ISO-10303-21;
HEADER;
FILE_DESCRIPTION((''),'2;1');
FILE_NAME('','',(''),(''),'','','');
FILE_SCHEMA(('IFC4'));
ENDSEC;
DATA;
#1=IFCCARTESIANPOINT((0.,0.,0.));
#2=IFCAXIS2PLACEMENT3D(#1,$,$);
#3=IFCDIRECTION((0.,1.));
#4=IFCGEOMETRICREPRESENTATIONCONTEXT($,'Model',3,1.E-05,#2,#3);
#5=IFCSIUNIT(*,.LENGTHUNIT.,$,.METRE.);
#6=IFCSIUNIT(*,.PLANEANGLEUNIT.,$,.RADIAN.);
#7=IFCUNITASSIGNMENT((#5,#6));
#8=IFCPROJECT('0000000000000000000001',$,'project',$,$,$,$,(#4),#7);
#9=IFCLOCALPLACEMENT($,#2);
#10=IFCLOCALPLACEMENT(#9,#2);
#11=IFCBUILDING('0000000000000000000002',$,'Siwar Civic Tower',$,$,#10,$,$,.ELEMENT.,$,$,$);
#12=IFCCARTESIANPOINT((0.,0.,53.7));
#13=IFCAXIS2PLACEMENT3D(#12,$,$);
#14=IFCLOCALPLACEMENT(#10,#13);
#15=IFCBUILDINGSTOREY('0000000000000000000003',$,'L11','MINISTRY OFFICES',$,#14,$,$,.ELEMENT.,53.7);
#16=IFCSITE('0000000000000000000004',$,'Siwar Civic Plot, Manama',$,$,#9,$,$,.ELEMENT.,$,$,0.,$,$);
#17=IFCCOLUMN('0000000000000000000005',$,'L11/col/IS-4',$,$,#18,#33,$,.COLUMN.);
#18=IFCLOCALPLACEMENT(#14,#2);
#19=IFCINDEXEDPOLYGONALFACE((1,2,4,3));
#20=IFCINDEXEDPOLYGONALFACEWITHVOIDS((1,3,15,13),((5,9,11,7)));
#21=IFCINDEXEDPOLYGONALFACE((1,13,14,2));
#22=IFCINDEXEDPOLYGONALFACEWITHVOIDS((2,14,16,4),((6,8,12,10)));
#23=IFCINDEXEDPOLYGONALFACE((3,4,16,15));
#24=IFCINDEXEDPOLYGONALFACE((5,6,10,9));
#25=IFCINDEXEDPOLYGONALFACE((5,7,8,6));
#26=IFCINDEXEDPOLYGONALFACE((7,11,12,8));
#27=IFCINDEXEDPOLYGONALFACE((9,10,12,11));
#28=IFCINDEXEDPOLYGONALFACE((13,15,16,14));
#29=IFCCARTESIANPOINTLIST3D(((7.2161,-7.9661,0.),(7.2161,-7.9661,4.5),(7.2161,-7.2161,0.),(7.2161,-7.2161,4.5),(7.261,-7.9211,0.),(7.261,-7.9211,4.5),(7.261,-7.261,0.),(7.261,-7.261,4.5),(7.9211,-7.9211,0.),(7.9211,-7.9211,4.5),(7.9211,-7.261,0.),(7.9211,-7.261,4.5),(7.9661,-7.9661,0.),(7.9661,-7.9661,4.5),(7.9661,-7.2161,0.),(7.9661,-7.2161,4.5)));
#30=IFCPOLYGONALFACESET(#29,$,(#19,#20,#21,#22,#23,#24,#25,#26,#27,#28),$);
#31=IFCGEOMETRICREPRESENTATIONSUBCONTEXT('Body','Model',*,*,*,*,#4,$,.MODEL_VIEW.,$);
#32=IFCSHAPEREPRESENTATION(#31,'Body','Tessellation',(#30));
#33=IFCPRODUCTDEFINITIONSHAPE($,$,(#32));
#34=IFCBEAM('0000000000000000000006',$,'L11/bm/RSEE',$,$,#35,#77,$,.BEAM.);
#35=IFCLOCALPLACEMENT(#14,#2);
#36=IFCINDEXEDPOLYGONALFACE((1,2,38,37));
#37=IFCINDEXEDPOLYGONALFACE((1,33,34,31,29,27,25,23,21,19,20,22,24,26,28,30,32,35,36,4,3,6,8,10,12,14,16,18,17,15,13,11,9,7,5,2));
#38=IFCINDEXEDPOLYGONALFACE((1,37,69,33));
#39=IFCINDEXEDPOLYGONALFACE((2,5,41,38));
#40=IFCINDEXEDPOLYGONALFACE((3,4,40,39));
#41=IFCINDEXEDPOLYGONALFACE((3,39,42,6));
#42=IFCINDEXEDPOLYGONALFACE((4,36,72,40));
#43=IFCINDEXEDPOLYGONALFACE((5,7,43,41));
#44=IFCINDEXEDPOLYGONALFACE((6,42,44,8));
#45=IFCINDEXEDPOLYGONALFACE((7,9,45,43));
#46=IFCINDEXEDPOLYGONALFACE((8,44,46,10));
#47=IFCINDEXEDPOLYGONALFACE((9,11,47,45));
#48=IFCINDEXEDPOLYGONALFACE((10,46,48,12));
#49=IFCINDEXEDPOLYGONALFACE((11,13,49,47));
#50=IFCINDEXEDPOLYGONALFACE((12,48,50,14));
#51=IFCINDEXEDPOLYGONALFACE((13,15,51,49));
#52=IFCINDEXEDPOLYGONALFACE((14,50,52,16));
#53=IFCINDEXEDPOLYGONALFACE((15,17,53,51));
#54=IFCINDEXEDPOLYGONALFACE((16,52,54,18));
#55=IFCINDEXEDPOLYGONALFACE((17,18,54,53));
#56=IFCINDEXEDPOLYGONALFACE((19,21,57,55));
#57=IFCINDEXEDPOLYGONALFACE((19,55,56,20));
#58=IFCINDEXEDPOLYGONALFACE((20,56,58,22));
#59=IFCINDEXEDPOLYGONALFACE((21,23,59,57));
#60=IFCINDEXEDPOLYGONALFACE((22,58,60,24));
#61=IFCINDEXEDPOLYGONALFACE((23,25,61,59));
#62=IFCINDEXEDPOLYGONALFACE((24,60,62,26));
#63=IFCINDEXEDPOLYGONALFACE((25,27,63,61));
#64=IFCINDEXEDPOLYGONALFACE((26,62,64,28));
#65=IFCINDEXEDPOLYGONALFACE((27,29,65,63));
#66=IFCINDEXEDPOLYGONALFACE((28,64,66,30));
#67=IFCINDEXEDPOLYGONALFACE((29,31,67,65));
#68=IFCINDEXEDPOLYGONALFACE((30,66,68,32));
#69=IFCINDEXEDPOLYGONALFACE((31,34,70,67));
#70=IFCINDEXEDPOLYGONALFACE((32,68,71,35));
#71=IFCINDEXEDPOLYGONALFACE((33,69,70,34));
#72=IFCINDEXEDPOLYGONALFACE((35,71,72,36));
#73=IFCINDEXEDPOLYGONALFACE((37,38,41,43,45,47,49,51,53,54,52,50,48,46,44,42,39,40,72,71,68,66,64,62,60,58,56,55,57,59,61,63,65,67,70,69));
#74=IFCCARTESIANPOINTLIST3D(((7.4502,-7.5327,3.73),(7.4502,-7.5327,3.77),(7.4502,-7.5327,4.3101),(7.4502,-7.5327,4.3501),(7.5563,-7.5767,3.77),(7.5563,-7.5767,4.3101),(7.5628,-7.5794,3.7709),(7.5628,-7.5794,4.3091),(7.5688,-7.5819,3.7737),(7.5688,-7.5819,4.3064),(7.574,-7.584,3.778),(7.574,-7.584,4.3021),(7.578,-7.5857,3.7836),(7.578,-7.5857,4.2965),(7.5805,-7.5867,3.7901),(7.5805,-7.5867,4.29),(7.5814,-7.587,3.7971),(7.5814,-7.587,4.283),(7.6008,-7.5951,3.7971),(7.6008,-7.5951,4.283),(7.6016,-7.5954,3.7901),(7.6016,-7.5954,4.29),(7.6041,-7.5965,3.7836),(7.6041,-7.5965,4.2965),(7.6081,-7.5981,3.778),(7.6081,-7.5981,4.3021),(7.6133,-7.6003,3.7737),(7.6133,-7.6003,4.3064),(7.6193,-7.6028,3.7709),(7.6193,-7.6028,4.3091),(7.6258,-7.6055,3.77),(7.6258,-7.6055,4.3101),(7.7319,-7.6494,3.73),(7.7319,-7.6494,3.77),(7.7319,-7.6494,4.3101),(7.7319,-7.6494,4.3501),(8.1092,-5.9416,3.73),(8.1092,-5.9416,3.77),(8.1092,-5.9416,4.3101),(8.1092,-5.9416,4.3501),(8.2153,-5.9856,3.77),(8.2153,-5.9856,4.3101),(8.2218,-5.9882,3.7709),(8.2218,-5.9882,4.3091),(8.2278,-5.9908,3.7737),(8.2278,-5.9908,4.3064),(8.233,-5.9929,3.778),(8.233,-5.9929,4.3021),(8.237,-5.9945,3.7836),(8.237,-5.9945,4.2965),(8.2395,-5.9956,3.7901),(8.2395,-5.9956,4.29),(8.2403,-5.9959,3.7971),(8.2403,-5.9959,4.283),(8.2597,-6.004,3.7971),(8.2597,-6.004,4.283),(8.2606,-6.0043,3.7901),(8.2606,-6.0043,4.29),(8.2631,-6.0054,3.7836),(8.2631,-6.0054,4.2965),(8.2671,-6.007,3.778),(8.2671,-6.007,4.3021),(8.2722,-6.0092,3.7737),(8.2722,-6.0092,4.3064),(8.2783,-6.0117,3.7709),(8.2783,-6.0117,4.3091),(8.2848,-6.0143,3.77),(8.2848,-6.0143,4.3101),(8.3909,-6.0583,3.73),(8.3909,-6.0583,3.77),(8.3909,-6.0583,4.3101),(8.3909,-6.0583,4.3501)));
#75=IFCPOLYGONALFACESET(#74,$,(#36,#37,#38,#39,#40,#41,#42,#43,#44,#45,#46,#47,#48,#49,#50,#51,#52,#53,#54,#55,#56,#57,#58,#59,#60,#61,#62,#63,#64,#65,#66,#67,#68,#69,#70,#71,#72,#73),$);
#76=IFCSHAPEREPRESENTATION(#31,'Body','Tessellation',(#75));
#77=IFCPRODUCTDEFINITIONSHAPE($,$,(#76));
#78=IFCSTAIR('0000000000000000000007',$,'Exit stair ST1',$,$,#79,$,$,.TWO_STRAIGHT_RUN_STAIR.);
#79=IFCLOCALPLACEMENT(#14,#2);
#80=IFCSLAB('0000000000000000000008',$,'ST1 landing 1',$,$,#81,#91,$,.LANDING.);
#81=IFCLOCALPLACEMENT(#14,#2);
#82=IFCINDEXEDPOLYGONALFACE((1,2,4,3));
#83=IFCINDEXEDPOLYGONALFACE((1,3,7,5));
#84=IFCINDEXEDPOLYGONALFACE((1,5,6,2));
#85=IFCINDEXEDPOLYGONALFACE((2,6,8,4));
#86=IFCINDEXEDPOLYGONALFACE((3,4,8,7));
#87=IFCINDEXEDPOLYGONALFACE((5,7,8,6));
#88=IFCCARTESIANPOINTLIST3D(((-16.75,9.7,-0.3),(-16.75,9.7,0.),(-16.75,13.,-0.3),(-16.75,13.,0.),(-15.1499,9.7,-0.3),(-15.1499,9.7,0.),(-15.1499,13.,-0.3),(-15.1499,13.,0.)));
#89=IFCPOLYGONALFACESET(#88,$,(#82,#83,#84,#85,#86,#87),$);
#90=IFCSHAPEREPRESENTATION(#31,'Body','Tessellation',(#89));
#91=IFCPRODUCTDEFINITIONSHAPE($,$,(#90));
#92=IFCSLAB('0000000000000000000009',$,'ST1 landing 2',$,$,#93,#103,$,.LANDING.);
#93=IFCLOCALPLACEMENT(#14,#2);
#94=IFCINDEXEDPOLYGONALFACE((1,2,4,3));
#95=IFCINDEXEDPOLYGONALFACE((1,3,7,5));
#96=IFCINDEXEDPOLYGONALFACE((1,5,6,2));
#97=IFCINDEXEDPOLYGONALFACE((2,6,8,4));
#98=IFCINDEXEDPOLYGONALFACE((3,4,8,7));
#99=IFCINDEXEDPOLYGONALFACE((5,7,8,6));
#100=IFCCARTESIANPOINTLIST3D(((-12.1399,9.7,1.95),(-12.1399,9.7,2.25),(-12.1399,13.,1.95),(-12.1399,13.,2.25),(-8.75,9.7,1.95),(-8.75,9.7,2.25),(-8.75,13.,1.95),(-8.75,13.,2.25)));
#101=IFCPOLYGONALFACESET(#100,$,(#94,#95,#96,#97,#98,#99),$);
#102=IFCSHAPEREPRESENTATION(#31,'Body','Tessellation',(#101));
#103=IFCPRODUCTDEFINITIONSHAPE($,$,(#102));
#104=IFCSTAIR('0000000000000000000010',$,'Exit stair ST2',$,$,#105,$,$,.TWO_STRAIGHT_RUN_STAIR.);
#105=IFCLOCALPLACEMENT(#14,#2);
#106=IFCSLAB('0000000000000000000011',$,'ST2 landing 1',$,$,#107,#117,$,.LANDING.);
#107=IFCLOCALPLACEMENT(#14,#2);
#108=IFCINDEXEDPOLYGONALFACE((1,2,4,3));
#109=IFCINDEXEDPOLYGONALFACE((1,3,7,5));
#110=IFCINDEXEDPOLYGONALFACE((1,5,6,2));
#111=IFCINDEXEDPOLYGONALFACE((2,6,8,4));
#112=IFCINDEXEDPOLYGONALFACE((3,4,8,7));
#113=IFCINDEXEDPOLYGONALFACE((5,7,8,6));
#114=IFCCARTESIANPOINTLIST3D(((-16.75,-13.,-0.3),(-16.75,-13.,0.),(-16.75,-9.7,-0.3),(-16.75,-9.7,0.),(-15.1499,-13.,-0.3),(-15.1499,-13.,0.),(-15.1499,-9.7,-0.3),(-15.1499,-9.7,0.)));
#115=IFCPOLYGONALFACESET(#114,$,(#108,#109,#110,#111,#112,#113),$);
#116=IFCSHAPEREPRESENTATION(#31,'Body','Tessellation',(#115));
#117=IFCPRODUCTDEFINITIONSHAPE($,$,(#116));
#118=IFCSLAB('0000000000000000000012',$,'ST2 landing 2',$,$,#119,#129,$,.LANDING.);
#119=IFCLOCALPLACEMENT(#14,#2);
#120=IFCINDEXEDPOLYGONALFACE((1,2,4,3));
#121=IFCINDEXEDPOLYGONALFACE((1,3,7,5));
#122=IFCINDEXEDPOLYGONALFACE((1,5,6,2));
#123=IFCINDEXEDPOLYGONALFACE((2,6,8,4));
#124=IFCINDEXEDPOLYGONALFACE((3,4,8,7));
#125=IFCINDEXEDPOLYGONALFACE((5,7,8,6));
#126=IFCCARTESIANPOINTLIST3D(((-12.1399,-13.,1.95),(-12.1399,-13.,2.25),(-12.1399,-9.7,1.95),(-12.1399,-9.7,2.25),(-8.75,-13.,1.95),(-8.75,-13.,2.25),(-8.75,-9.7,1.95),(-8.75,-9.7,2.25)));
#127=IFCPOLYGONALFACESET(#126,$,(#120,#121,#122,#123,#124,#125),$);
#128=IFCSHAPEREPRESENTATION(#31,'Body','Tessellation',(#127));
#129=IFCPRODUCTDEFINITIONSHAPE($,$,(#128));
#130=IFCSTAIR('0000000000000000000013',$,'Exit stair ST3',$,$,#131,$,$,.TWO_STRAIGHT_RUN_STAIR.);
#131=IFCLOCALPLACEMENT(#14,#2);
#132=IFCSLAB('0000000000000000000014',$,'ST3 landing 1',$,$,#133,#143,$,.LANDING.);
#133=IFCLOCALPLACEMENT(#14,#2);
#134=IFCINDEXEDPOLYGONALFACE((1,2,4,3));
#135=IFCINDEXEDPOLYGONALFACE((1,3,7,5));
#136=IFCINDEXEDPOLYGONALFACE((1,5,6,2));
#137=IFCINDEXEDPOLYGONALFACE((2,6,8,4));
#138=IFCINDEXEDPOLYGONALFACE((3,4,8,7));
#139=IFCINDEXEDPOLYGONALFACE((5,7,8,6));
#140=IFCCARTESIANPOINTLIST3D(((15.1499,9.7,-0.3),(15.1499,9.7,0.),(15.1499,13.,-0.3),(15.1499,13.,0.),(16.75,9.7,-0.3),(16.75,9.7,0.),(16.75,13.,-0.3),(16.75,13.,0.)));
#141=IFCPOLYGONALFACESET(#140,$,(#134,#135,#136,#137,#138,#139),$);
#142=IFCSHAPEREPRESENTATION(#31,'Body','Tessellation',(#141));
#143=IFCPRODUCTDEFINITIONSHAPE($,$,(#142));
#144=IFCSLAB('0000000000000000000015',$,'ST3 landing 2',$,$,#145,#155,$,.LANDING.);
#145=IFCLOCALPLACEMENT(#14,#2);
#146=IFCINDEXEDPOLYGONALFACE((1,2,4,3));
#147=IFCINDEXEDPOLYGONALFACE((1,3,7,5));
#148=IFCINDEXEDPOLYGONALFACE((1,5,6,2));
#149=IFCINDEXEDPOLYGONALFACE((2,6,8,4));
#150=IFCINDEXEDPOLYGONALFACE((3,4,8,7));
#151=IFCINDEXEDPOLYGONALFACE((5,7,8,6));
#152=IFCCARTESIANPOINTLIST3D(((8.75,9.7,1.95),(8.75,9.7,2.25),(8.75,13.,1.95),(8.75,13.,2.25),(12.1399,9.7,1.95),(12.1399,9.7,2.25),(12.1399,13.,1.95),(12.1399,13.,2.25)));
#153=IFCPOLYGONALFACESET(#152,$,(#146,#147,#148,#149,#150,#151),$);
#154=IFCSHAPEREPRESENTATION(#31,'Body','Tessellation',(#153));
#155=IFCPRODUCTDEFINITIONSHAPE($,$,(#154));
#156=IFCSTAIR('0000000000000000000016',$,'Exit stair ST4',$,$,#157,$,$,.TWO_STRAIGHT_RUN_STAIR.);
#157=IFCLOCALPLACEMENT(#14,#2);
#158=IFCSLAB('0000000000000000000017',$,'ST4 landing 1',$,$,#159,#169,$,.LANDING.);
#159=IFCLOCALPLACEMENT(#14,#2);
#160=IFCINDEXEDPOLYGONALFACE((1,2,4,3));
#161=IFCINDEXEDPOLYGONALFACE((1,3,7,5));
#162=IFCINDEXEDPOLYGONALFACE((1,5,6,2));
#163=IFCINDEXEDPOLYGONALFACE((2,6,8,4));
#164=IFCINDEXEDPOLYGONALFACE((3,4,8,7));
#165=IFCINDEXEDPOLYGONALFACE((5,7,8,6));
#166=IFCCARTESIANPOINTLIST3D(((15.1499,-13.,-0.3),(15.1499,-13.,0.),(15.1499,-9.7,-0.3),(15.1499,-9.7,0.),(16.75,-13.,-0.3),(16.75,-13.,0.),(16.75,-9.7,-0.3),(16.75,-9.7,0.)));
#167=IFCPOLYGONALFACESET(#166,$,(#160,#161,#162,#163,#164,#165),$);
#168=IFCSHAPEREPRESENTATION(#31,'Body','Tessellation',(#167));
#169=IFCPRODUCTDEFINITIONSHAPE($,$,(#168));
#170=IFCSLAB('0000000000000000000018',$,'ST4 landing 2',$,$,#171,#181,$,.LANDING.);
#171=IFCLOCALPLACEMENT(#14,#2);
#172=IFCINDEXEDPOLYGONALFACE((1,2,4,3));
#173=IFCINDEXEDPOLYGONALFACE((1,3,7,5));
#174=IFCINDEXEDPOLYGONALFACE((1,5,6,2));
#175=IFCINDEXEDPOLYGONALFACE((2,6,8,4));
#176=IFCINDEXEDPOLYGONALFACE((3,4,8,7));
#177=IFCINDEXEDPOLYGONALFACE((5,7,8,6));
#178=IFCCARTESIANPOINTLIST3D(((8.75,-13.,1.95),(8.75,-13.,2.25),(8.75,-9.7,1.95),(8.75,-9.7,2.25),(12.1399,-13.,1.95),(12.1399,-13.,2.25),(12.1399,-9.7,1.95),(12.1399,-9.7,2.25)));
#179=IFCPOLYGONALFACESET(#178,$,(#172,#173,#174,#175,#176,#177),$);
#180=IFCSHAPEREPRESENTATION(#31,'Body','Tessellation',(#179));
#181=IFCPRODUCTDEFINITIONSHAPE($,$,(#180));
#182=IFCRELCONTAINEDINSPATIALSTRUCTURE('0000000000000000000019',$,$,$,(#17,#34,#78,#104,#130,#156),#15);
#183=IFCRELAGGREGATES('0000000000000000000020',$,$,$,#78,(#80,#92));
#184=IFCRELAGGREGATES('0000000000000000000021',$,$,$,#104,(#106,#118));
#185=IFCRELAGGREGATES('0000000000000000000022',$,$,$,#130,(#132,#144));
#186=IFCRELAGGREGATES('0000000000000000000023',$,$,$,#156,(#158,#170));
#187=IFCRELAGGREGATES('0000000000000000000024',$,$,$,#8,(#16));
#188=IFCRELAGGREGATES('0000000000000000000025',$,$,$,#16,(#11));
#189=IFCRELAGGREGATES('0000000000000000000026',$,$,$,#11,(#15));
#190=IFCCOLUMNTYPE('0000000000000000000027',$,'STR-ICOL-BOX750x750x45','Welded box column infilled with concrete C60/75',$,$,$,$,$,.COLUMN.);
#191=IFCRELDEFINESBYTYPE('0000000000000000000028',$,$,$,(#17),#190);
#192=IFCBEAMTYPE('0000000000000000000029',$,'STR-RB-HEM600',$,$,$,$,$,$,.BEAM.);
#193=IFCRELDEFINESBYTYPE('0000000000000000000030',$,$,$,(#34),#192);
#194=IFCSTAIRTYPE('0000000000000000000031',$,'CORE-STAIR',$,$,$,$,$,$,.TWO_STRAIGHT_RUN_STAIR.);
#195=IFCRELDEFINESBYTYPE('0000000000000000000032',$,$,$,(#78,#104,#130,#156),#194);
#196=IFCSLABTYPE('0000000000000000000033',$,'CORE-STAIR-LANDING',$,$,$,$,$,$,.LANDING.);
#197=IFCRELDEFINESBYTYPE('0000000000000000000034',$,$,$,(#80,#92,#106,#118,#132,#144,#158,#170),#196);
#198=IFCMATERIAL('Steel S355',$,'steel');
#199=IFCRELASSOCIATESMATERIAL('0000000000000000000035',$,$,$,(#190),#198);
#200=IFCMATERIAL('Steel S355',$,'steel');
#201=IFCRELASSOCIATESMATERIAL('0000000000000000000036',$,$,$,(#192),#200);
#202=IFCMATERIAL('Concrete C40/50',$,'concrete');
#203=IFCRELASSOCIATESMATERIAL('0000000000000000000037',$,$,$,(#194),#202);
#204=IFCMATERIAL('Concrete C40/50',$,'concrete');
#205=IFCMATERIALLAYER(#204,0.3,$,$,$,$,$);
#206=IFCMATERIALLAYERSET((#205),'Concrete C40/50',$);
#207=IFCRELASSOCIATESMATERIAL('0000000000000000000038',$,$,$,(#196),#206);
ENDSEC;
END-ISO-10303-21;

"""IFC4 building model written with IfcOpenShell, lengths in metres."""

from ifc_helpers import new_model, si_unit, direction, frame, origin, origin_2d, place, context, subcontext, project, spatial, polyline, hollow_rectangle, i_section, outline, extrude, material, layer, layer_set, material_profile, profile_set, type_object, element, aggregate, save


model = new_model("IFC4")

# Units and contexts
model_context = context("Model", 3, precision=1e-05, world=origin(), true_north=direction((0.0, 1.0)))
body_context = subcontext(model_context, "Body", "Model", "MODEL_VIEW")
ifc_project = project(units=[si_unit("LENGTHUNIT", "METRE"), si_unit("PLANEANGLEUNIT", "RADIAN")], contexts=[model_context])

# Site, building, storey
site_placement = place(None, origin())
site = spatial("IfcSite", under=ifc_project, at=site_placement, Name="Siwar Civic Plot, Manama", CompositionType="ELEMENT", RefElevation=0.0)
building_placement = place(site_placement, origin())
building = spatial("IfcBuilding", under=site, at=building_placement, Name="Siwar Civic Tower", CompositionType="ELEMENT")
storey_placement = place(building_placement, frame((0.0, 0.0, 53.7)))
storey = spatial("IfcBuildingStorey", under=building, at=storey_placement, Name="L11", Description="MINISTRY OFFICES", CompositionType="ELEMENT", Elevation=53.7)

# Column
ifc_material_1 = material(Name="Steel S355", Category="steel")
ifc_material_profile_1 = material_profile(ifc_material_1, hollow_rectangle(XDim=0.75, YDim=0.75, WallThickness=0.0449, at=origin_2d()), Name="BOX750x750x45")
ifc_profile_set_1 = profile_set([ifc_material_profile_1], Name="Steel S355")
column_type = type_object("IfcColumnType", Name="STR-ICOL-BOX750x750x45", Description="Welded box column infilled with concrete C60/75", PredefinedType="COLUMN", material=ifc_profile_set_1)
column_placement = place(storey_placement, frame((7.5911, -7.5911, 0.0), z_axis=(0.0, 0.0, 1.0), x_axis=(1.0, 0.0, 0.0)))
element("IfcColumn", 1, at=column_placement, inside=storey, type_object=column_type, Name="L11/col/IS-4", PredefinedType="COLUMN", context=body_context, shape_type="SweptSolid", body=[
    extrude(hollow_rectangle(XDim=0.75, YDim=0.75, WallThickness=0.0449, at=origin_2d()), origin(), (0.0, 0.0, 1.0), 4.5),
])

# Beam
ifc_material_2 = material(Name="Steel S355", Category="steel")
ifc_material_profile_2 = material_profile(ifc_material_2, i_section(OverallWidth=0.3049, OverallDepth=0.6201, WebThickness=0.021, FlangeThickness=0.04, FilletRadius=0.0271, at=origin_2d()), Name="HEM600")
ifc_profile_set_2 = profile_set([ifc_material_profile_2], Name="Steel S355")
beam_type = type_object("IfcBeamType", Name="STR-RB-HEM600", PredefinedType="BEAM", material=ifc_profile_set_2)
beam_placement = place(storey_placement, frame((7.5911, -7.5911, 4.04), z_axis=(0.382631, 0.923901, 0.0), x_axis=(-0.923901, 0.382631, 0.0)))
element("IfcBeam", 2, at=beam_placement, inside=storey, type_object=beam_type, Name="L11/bm/RSEE", PredefinedType="BEAM", context=body_context, shape_type="SweptSolid", body=[
    extrude(i_section(OverallWidth=0.3049, OverallDepth=0.6201, WebThickness=0.021, FlangeThickness=0.04, FilletRadius=0.0271, at=origin_2d()), origin(), (0.0, 0.0, 1.0), 1.7222),
])

# Stairs, slabs
ifc_material_3 = material(Name="Concrete C40/50", Category="concrete")
stair_type = type_object("IfcStairType", Name="CORE-STAIR", PredefinedType="TWO_STRAIGHT_RUN_STAIR", material=ifc_material_3)
stair_1_placement = place(storey_placement, origin())
stair_1 = element("IfcStair", 3, at=stair_1_placement, inside=storey, type_object=stair_type, Name="Exit stair ST1", PredefinedType="TWO_STRAIGHT_RUN_STAIR")
ifc_material_4 = material(Name="Concrete C40/50", Category="concrete")
ifc_layer_1 = layer(ifc_material_4, 0.3)
ifc_layer_set_1 = layer_set([ifc_layer_1], Name="Concrete C40/50")
slab_type_1 = type_object("IfcSlabType", Name="CORE-STAIR-LANDING", PredefinedType="LANDING", material=ifc_layer_set_1)
slab_1_placement = place(storey_placement, frame((0.0, 0.0, -0.3)))
slab_1 = element("IfcSlab", 4, at=slab_1_placement, type_object=slab_type_1, Name="ST1 landing 1", PredefinedType="LANDING", context=body_context, shape_type="SweptSolid", body=[
    extrude(outline(polyline([(-15.1499, 13.0), (-16.75, 13.0), (-16.75, 9.7), (-15.1499, 9.7), (-15.1499, 13.0)])), origin(), (0.0, 0.0, 1.0), 0.3),
])
slab_2_placement = place(storey_placement, frame((0.0, 0.0, 1.95)))
slab_2 = element("IfcSlab", 5, at=slab_2_placement, type_object=slab_type_1, Name="ST1 landing 2", PredefinedType="LANDING", context=body_context, shape_type="SweptSolid", body=[
    extrude(outline(polyline([(-8.75, 13.0), (-12.1399, 13.0), (-12.1399, 9.7), (-8.75, 9.7), (-8.75, 13.0)])), origin(), (0.0, 0.0, 1.0), 0.3),
])
aggregate(stair_1, [slab_1, slab_2])
stair_2_placement = place(storey_placement, origin())
stair_2 = element("IfcStair", 6, at=stair_2_placement, inside=storey, type_object=stair_type, Name="Exit stair ST2", PredefinedType="TWO_STRAIGHT_RUN_STAIR")
slab_3_placement = place(storey_placement, frame((0.0, 0.0, -0.3)))
slab_3 = element("IfcSlab", 7, at=slab_3_placement, type_object=slab_type_1, Name="ST2 landing 1", PredefinedType="LANDING", context=body_context, shape_type="SweptSolid", body=[
    extrude(outline(polyline([(-15.1499, -9.7), (-16.75, -9.7), (-16.75, -13.0), (-15.1499, -13.0), (-15.1499, -9.7)])), origin(), (0.0, 0.0, 1.0), 0.3),
])
slab_4_placement = place(storey_placement, frame((0.0, 0.0, 1.95)))
slab_4 = element("IfcSlab", 8, at=slab_4_placement, type_object=slab_type_1, Name="ST2 landing 2", PredefinedType="LANDING", context=body_context, shape_type="SweptSolid", body=[
    extrude(outline(polyline([(-8.75, -9.7), (-12.1399, -9.7), (-12.1399, -13.0), (-8.75, -13.0), (-8.75, -9.7)])), origin(), (0.0, 0.0, 1.0), 0.3),
])
aggregate(stair_2, [slab_3, slab_4])
stair_3_placement = place(storey_placement, origin())
stair_3 = element("IfcStair", 9, at=stair_3_placement, inside=storey, type_object=stair_type, Name="Exit stair ST3", PredefinedType="TWO_STRAIGHT_RUN_STAIR")
slab_5_placement = place(storey_placement, frame((0.0, 0.0, -0.3)))
slab_5 = element("IfcSlab", 10, at=slab_5_placement, type_object=slab_type_1, Name="ST3 landing 1", PredefinedType="LANDING", context=body_context, shape_type="SweptSolid", body=[
    extrude(outline(polyline([(15.1499, 9.7), (16.75, 9.7), (16.75, 13.0), (15.1499, 13.0), (15.1499, 9.7)])), origin(), (0.0, 0.0, 1.0), 0.3),
])
slab_6_placement = place(storey_placement, frame((0.0, 0.0, 1.95)))
slab_6 = element("IfcSlab", 11, at=slab_6_placement, type_object=slab_type_1, Name="ST3 landing 2", PredefinedType="LANDING", context=body_context, shape_type="SweptSolid", body=[
    extrude(outline(polyline([(8.75, 9.7), (12.1399, 9.7), (12.1399, 13.0), (8.75, 13.0), (8.75, 9.7)])), origin(), (0.0, 0.0, 1.0), 0.3),
])
aggregate(stair_3, [slab_5, slab_6])
stair_4_placement = place(storey_placement, origin())
stair_4 = element("IfcStair", 12, at=stair_4_placement, inside=storey, type_object=stair_type, Name="Exit stair ST4", PredefinedType="TWO_STRAIGHT_RUN_STAIR")
slab_7_placement = place(storey_placement, frame((0.0, 0.0, -0.3)))
slab_7 = element("IfcSlab", 13, at=slab_7_placement, type_object=slab_type_1, Name="ST4 landing 1", PredefinedType="LANDING", context=body_context, shape_type="SweptSolid", body=[
    extrude(outline(polyline([(15.1499, -13.0), (16.75, -13.0), (16.75, -9.7), (15.1499, -9.7), (15.1499, -13.0)])), origin(), (0.0, 0.0, 1.0), 0.3),
])
slab_8_placement = place(storey_placement, frame((0.0, 0.0, 1.95)))
slab_8 = element("IfcSlab", 14, at=slab_8_placement, type_object=slab_type_1, Name="ST4 landing 2", PredefinedType="LANDING", context=body_context, shape_type="SweptSolid", body=[
    extrude(outline(polyline([(8.75, -13.0), (12.1399, -13.0), (12.1399, -9.7), (8.75, -9.7), (8.75, -13.0)])), origin(), (0.0, 0.0, 1.0), 0.3),
])
aggregate(stair_4, [slab_7, slab_8])

save(model, "model.ifc")
